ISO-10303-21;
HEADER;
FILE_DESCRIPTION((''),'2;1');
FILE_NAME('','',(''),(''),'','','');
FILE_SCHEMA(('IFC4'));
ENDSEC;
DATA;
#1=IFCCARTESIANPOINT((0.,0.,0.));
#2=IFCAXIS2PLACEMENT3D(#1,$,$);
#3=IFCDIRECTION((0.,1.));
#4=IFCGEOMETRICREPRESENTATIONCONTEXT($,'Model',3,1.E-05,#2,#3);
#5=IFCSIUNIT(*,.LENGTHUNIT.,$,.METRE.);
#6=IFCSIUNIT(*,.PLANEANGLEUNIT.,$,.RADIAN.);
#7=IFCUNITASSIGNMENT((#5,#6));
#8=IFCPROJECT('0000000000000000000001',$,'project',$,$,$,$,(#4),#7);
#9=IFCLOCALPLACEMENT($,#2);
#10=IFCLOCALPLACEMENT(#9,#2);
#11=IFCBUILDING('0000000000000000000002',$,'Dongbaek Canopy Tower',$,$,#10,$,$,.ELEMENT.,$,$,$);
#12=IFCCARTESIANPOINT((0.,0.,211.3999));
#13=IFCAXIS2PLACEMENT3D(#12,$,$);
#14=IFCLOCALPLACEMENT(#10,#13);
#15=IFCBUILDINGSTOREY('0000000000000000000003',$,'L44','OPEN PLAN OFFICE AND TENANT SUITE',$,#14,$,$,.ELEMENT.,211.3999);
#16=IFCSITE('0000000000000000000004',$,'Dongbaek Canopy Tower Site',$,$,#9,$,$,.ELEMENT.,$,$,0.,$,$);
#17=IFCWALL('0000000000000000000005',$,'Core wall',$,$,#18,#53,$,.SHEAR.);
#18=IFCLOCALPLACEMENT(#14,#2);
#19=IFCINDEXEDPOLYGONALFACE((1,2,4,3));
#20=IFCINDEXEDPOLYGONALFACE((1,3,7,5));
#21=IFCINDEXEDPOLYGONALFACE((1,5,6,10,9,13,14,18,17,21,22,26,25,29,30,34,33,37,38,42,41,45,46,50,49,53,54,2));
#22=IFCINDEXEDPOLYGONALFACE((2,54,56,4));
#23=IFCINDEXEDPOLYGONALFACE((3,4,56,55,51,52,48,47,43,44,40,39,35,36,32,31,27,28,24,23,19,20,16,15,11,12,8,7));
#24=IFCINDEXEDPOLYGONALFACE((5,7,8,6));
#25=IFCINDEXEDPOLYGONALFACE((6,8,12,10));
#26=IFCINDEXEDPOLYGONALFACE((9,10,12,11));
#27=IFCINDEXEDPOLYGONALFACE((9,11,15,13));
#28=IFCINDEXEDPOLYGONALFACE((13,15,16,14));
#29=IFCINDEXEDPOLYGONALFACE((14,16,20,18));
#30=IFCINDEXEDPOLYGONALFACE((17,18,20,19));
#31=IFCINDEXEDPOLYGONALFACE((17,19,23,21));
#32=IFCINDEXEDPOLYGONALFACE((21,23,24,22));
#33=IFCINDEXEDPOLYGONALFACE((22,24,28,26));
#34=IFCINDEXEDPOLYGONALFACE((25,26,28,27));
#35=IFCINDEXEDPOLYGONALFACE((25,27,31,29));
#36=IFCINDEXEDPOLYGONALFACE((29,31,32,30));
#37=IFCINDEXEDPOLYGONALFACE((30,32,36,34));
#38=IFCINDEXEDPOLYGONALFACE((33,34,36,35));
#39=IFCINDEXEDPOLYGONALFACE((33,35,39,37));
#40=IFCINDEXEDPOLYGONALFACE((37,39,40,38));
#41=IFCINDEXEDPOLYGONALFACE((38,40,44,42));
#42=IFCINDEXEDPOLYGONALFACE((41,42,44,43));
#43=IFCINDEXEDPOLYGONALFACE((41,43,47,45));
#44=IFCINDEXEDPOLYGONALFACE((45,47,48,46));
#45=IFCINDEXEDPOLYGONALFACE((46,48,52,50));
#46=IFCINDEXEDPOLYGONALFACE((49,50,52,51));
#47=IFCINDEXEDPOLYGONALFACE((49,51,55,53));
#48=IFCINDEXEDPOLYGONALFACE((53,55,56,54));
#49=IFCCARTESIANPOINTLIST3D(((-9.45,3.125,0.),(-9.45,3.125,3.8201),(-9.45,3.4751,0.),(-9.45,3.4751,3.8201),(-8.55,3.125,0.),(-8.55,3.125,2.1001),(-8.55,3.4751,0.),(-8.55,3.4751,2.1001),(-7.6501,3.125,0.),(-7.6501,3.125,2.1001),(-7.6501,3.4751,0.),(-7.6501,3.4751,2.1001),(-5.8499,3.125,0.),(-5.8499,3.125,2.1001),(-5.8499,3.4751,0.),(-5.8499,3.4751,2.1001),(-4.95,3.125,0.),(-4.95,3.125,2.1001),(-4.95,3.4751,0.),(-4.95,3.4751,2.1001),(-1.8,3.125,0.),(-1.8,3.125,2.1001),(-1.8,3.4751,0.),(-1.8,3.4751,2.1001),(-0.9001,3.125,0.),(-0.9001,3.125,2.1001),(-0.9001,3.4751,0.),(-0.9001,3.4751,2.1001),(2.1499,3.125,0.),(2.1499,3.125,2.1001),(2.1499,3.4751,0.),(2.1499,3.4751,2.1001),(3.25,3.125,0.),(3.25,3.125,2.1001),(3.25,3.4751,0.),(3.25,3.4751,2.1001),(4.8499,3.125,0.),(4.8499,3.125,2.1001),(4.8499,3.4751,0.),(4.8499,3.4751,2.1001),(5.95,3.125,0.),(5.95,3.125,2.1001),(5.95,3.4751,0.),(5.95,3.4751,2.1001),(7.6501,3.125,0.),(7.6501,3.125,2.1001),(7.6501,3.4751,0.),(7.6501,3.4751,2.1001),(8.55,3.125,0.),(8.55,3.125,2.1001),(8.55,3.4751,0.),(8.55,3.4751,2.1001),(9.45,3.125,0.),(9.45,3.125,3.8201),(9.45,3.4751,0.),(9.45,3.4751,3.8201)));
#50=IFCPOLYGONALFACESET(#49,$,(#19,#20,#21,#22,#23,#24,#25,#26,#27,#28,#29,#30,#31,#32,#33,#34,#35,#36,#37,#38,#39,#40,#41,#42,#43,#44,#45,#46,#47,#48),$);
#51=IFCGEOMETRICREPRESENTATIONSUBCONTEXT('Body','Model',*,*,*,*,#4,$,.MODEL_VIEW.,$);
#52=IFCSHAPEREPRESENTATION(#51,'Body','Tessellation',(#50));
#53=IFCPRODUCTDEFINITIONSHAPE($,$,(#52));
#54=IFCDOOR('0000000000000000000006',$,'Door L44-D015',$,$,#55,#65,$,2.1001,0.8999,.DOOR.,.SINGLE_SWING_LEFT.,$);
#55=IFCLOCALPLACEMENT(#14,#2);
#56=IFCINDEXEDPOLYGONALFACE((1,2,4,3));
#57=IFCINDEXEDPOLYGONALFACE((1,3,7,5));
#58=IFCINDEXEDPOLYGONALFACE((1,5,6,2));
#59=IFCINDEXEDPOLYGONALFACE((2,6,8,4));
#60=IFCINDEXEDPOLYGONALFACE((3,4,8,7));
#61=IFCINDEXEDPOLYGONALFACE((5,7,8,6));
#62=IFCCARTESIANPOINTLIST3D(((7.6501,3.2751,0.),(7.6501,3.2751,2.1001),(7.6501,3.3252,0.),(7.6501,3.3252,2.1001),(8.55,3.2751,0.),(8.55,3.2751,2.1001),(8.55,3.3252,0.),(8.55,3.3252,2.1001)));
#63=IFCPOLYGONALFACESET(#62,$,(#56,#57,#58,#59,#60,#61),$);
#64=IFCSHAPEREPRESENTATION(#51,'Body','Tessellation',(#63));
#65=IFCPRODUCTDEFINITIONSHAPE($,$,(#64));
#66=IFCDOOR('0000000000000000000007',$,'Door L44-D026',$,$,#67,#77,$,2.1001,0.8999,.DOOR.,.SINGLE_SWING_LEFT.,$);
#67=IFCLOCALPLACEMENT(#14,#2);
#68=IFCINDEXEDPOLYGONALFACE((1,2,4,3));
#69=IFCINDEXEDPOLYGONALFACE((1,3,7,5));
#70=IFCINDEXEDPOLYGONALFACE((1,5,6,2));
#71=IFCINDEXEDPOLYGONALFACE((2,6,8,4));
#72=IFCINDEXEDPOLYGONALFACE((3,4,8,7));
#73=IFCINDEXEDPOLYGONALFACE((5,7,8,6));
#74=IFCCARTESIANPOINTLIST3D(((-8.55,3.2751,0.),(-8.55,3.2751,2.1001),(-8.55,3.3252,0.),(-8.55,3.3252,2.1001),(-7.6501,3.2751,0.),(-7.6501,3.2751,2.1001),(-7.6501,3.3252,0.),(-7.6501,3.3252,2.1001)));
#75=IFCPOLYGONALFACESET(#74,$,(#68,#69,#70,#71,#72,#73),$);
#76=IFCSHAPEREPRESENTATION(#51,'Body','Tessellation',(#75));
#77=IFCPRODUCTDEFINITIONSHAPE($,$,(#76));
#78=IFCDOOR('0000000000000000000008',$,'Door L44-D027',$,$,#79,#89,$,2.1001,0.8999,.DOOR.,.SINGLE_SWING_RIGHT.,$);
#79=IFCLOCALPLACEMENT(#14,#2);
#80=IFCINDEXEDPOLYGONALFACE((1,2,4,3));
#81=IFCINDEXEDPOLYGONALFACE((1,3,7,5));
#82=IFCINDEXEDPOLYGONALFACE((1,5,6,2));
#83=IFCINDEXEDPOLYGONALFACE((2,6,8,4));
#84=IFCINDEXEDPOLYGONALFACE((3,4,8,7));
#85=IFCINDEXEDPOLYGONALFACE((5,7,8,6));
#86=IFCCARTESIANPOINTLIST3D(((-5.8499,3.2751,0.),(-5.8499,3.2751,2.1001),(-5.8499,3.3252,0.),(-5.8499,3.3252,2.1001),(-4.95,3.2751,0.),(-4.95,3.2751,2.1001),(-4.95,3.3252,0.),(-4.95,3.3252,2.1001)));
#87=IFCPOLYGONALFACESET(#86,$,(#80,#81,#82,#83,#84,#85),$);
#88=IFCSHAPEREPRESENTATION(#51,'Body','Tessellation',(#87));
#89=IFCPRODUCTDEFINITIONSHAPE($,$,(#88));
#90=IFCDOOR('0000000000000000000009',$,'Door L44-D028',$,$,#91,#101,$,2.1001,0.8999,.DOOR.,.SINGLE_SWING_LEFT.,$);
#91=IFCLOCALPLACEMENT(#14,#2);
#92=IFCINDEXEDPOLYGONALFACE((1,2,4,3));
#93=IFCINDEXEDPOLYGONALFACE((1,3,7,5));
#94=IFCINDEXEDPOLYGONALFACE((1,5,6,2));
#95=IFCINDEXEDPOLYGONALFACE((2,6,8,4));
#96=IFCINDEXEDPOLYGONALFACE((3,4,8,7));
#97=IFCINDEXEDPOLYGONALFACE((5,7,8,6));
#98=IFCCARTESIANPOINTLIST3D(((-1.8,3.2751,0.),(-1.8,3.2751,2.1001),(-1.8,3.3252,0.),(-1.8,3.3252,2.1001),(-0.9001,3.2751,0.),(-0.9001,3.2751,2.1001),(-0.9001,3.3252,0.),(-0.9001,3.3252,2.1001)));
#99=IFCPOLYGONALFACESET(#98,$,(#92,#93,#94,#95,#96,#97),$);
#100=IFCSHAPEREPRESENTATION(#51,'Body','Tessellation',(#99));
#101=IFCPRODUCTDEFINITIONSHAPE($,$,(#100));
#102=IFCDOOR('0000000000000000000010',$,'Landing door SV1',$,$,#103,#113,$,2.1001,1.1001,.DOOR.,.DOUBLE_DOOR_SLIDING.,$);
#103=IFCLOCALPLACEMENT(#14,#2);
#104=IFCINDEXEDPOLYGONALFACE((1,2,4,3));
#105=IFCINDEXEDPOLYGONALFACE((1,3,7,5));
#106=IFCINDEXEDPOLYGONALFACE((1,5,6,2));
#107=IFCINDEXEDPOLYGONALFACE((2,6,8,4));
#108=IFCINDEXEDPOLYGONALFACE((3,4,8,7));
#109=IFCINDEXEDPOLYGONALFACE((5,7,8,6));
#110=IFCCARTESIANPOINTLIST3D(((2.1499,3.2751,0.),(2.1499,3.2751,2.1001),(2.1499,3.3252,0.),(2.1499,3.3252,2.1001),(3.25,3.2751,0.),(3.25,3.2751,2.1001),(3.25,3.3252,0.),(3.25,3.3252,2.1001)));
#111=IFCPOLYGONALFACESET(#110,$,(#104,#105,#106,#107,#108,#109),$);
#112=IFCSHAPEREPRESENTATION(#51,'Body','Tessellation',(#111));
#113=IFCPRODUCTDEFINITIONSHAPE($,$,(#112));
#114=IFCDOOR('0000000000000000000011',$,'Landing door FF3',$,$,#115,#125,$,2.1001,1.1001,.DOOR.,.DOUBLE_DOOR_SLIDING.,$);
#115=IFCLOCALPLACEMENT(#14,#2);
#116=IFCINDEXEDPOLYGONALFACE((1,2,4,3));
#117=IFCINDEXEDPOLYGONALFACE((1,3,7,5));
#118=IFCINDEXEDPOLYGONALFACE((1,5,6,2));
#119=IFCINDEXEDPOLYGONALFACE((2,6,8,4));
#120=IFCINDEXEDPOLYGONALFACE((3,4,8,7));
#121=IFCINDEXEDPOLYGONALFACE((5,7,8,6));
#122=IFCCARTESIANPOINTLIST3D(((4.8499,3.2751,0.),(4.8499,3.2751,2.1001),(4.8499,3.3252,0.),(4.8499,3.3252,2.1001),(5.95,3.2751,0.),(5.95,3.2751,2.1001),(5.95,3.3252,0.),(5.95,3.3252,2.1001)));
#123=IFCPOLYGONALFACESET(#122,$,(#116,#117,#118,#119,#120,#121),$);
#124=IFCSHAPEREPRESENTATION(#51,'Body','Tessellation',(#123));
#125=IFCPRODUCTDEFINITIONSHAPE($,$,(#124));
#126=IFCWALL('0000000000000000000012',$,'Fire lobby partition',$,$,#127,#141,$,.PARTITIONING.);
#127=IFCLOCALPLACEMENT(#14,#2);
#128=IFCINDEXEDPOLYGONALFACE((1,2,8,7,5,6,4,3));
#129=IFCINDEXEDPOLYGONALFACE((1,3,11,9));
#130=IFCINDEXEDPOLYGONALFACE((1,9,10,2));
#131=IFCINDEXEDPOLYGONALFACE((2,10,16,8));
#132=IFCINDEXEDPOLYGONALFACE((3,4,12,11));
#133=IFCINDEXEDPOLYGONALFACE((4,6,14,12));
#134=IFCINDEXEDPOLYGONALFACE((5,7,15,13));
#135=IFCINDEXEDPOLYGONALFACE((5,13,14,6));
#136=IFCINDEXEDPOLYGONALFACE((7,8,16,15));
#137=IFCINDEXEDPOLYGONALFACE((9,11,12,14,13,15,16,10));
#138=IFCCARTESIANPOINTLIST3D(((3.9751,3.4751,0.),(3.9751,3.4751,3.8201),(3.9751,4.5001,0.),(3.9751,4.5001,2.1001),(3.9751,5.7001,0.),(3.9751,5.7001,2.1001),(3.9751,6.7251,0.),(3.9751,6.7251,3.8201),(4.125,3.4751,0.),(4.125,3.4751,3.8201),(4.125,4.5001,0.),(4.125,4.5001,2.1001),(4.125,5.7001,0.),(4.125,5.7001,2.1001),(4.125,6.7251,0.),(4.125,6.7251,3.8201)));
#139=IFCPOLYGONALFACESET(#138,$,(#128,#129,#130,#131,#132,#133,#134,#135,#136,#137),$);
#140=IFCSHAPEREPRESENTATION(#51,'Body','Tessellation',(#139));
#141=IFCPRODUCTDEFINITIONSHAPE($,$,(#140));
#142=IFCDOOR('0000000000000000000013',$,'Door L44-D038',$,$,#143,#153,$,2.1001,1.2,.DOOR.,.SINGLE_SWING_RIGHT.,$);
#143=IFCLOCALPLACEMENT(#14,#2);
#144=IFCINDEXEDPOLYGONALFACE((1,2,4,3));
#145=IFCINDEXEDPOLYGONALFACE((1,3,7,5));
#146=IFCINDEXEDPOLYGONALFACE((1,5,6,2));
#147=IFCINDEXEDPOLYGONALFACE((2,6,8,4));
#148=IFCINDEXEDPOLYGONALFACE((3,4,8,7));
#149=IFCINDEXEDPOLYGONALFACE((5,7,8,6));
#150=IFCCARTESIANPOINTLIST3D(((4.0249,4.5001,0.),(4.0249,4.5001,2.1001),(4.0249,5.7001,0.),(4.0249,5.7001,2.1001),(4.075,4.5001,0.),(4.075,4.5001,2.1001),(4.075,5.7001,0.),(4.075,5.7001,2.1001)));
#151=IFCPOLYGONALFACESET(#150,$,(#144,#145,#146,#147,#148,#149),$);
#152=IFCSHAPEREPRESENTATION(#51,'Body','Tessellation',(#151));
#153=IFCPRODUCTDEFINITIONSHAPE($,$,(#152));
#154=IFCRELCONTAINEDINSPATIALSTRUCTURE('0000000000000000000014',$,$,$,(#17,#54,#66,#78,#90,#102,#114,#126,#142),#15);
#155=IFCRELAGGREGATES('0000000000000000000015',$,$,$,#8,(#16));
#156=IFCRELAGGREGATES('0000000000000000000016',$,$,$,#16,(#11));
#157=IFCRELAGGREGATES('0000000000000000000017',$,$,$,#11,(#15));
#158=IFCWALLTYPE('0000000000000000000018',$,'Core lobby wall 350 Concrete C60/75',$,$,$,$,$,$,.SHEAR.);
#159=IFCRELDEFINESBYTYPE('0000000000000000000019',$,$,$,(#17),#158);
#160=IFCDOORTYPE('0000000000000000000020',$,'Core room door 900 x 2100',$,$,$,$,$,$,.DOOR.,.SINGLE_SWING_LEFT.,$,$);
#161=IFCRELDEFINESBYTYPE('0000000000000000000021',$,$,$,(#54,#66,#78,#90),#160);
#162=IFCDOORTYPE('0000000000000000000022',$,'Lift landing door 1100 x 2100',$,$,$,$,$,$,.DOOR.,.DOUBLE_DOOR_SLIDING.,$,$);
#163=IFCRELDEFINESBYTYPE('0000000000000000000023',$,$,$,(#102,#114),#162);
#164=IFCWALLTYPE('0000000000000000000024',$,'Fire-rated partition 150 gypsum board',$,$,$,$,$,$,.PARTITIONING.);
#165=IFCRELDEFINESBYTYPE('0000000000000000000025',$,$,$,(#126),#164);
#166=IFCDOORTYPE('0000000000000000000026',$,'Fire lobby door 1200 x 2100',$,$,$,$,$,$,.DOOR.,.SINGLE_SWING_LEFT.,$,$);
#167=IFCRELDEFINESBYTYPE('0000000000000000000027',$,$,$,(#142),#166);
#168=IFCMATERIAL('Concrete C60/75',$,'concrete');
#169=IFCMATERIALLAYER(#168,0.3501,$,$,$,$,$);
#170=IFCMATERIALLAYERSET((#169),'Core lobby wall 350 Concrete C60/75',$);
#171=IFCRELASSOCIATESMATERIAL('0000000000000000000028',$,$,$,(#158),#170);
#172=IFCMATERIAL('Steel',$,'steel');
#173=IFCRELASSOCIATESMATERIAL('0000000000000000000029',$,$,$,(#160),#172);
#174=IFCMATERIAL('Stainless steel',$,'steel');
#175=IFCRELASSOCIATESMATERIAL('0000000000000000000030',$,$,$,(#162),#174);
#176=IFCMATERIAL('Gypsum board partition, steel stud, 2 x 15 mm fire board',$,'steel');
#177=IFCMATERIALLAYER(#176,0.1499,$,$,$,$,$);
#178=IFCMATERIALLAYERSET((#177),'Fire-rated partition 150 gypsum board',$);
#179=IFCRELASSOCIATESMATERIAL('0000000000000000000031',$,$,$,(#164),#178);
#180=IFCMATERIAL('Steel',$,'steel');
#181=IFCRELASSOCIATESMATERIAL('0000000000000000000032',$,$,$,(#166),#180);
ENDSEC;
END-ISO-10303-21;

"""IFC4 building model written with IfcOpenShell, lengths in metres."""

from ifc_helpers import new_model, si_unit, direction, frame, frame_2d, origin, place, context, subcontext, project, spatial, rectangle, extrude, material, layer, layer_set, type_object, element, fill, save


model = new_model("IFC4")

# Units and contexts
model_context = context("Model", 3, precision=1e-05, world=origin(), true_north=direction((0.0, 1.0)))
body_context = subcontext(model_context, "Body", "Model", "MODEL_VIEW")
ifc_project = project(units=[si_unit("LENGTHUNIT", "METRE"), si_unit("PLANEANGLEUNIT", "RADIAN")], contexts=[model_context])

# Site, building, storey
site_placement = place(None, origin())
site = spatial("IfcSite", under=ifc_project, at=site_placement, Name="Dongbaek Canopy Tower Site", CompositionType="ELEMENT", RefElevation=0.0)
building_placement = place(site_placement, origin())
building = spatial("IfcBuilding", under=site, at=building_placement, Name="Dongbaek Canopy Tower", CompositionType="ELEMENT")
storey_placement = place(building_placement, frame((0.0, 0.0, 211.3999)))
storey = spatial("IfcBuildingStorey", under=building, at=storey_placement, Name="L44", Description="OPEN PLAN OFFICE AND TENANT SUITE", CompositionType="ELEMENT", Elevation=211.3999)

# Wall, openings, doors
ifc_material_1 = material(Name="Concrete C60/75", Category="concrete")
ifc_layer_1 = layer(ifc_material_1, 0.3501)
ifc_layer_set_1 = layer_set([ifc_layer_1], Name="Core lobby wall 350 Concrete C60/75")
wall_type_1 = type_object("IfcWallType", Name="Core lobby wall 350 Concrete C60/75", PredefinedType="SHEAR", material=ifc_layer_set_1)
wall_1_placement = place(storey_placement, frame((9.45, 3.3, 0.0), z_axis=(0.0, 0.0, 1.0), x_axis=(-1.0, 0.0, 0.0)))
wall_1 = element("IfcWall", 1, at=wall_1_placement, inside=storey, type_object=wall_type_1, Name="Core wall", PredefinedType="SHEAR", context=body_context, shape_type="SweptSolid", body=[
    extrude(rectangle(XDim=18.8999, YDim=0.3501, at=frame_2d((9.45, 0.0))), origin(), (0.0, 0.0, 1.0), 3.8201),
])
opening_1_placement = place(wall_1_placement, frame((6.2, 0.0, 0.0)))
opening_1 = element("IfcOpeningElement", 2, at=opening_1_placement, cuts=wall_1, PredefinedType="OPENING", context=body_context, shape_type="SweptSolid", body=[
    extrude(rectangle(XDim=1.1001, YDim=2.1001, at=frame_2d((0.55, 1.05))), frame((0.0, 0.1851, 0.0), z_axis=(0.0, -1.0, 0.0), x_axis=(1.0, 0.0, 0.0)), (0.0, 0.0, 1.0), 0.3701),
])
opening_2_placement = place(wall_1_placement, frame((3.5, 0.0, 0.0)))
opening_2 = element("IfcOpeningElement", 3, at=opening_2_placement, cuts=wall_1, PredefinedType="OPENING", context=body_context, shape_type="SweptSolid", body=[
    extrude(rectangle(XDim=1.1001, YDim=2.1001, at=frame_2d((0.55, 1.05))), frame((0.0, 0.1851, 0.0), z_axis=(0.0, -1.0, 0.0), x_axis=(1.0, 0.0, 0.0)), (0.0, 0.0, 1.0), 0.3701),
])
opening_3_placement = place(wall_1_placement, frame((0.8999, 0.0, 0.0)))
opening_3 = element("IfcOpeningElement", 4, at=opening_3_placement, cuts=wall_1, PredefinedType="OPENING", context=body_context, shape_type="SweptSolid", body=[
    extrude(rectangle(XDim=0.8999, YDim=2.1001, at=frame_2d((0.45, 1.05))), frame((0.0, 0.1851, 0.0), z_axis=(0.0, -1.0, 0.0), x_axis=(1.0, 0.0, 0.0)), (0.0, 0.0, 1.0), 0.3701),
])
opening_4_placement = place(wall_1_placement, frame((17.1001, 0.0, 0.0)))
opening_4 = element("IfcOpeningElement", 5, at=opening_4_placement, cuts=wall_1, PredefinedType="OPENING", context=body_context, shape_type="SweptSolid", body=[
    extrude(rectangle(XDim=0.8999, YDim=2.1001, at=frame_2d((0.45, 1.05))), frame((0.0, 0.1851, 0.0), z_axis=(0.0, -1.0, 0.0), x_axis=(1.0, 0.0, 0.0)), (0.0, 0.0, 1.0), 0.3701),
])
opening_5_placement = place(wall_1_placement, frame((14.3999, 0.0, 0.0)))
opening_5 = element("IfcOpeningElement", 6, at=opening_5_placement, cuts=wall_1, PredefinedType="OPENING", context=body_context, shape_type="SweptSolid", body=[
    extrude(rectangle(XDim=0.8999, YDim=2.1001, at=frame_2d((0.45, 1.05))), frame((0.0, 0.1851, 0.0), z_axis=(0.0, -1.0, 0.0), x_axis=(1.0, 0.0, 0.0)), (0.0, 0.0, 1.0), 0.3701),
])
opening_6_placement = place(wall_1_placement, frame((10.3501, 0.0, 0.0)))
opening_6 = element("IfcOpeningElement", 7, at=opening_6_placement, cuts=wall_1, PredefinedType="OPENING", context=body_context, shape_type="SweptSolid", body=[
    extrude(rectangle(XDim=0.8999, YDim=2.1001, at=frame_2d((0.45, 1.05))), frame((0.0, 0.1851, 0.0), z_axis=(0.0, -1.0, 0.0), x_axis=(1.0, 0.0, 0.0)), (0.0, 0.0, 1.0), 0.3701),
])
ifc_material_2 = material(Name="Steel", Category="steel")
door_type_1 = type_object("IfcDoorType", Name="Core room door 900 x 2100", OperationType="SINGLE_SWING_LEFT", PredefinedType="DOOR", material=ifc_material_2)
door_1_placement = place(opening_3_placement, origin())
door_1 = element("IfcDoor", 8, at=door_1_placement, inside=storey, type_object=door_type_1, Name="Door L44-D015", OperationType="SINGLE_SWING_LEFT", OverallHeight=2.1001, OverallWidth=0.8999, PredefinedType="DOOR", context=body_context, shape_type="SweptSolid", body=[
    extrude(rectangle(XDim=0.8999, YDim=2.1001, at=frame_2d((0.45, 1.05))), frame((0.0, 0.0249, 0.0), z_axis=(0.0, -1.0, 0.0), x_axis=(1.0, 0.0, 0.0)), (0.0, 0.0, 1.0), 0.05),
])
fill(opening_3, door_1)
door_2_placement = place(opening_4_placement, origin())
door_2 = element("IfcDoor", 9, at=door_2_placement, inside=storey, type_object=door_type_1, Name="Door L44-D026", OperationType="SINGLE_SWING_LEFT", OverallHeight=2.1001, OverallWidth=0.8999, PredefinedType="DOOR", context=body_context, shape_type="SweptSolid", body=[
    extrude(rectangle(XDim=0.8999, YDim=2.1001, at=frame_2d((0.45, 1.05))), frame((0.0, 0.0249, 0.0), z_axis=(0.0, -1.0, 0.0), x_axis=(1.0, 0.0, 0.0)), (0.0, 0.0, 1.0), 0.05),
])
fill(opening_4, door_2)
door_3_placement = place(opening_5_placement, origin())
door_3 = element("IfcDoor", 10, at=door_3_placement, inside=storey, type_object=door_type_1, Name="Door L44-D027", OperationType="SINGLE_SWING_RIGHT", OverallHeight=2.1001, OverallWidth=0.8999, PredefinedType="DOOR", context=body_context, shape_type="SweptSolid", body=[
    extrude(rectangle(XDim=0.8999, YDim=2.1001, at=frame_2d((0.45, 1.05))), frame((0.0, 0.0249, 0.0), z_axis=(0.0, -1.0, 0.0), x_axis=(1.0, 0.0, 0.0)), (0.0, 0.0, 1.0), 0.05),
])
fill(opening_5, door_3)
door_4_placement = place(opening_6_placement, origin())
door_4 = element("IfcDoor", 11, at=door_4_placement, inside=storey, type_object=door_type_1, Name="Door L44-D028", OperationType="SINGLE_SWING_LEFT", OverallHeight=2.1001, OverallWidth=0.8999, PredefinedType="DOOR", context=body_context, shape_type="SweptSolid", body=[
    extrude(rectangle(XDim=0.8999, YDim=2.1001, at=frame_2d((0.45, 1.05))), frame((0.0, 0.0249, 0.0), z_axis=(0.0, -1.0, 0.0), x_axis=(1.0, 0.0, 0.0)), (0.0, 0.0, 1.0), 0.05),
])
fill(opening_6, door_4)
ifc_material_3 = material(Name="Stainless steel", Category="steel")
door_type_2 = type_object("IfcDoorType", Name="Lift landing door 1100 x 2100", OperationType="DOUBLE_DOOR_SLIDING", PredefinedType="DOOR", material=ifc_material_3)
door_5_placement = place(opening_1_placement, origin())
door_5 = element("IfcDoor", 12, at=door_5_placement, inside=storey, type_object=door_type_2, Name="Landing door SV1", OperationType="DOUBLE_DOOR_SLIDING", OverallHeight=2.1001, OverallWidth=1.1001, PredefinedType="DOOR", context=body_context, shape_type="SweptSolid", body=[
    extrude(rectangle(XDim=1.1001, YDim=2.1001, at=frame_2d((0.55, 1.05))), frame((0.0, 0.0249, 0.0), z_axis=(0.0, -1.0, 0.0), x_axis=(1.0, 0.0, 0.0)), (0.0, 0.0, 1.0), 0.05),
])
fill(opening_1, door_5)
door_6_placement = place(opening_2_placement, origin())
door_6 = element("IfcDoor", 13, at=door_6_placement, inside=storey, type_object=door_type_2, Name="Landing door FF3", OperationType="DOUBLE_DOOR_SLIDING", OverallHeight=2.1001, OverallWidth=1.1001, PredefinedType="DOOR", context=body_context, shape_type="SweptSolid", body=[
    extrude(rectangle(XDim=1.1001, YDim=2.1001, at=frame_2d((0.55, 1.05))), frame((0.0, 0.0249, 0.0), z_axis=(0.0, -1.0, 0.0), x_axis=(1.0, 0.0, 0.0)), (0.0, 0.0, 1.0), 0.05),
])
fill(opening_2, door_6)

# Wall, opening, door
ifc_material_4 = material(Name="Gypsum board partition, steel stud, 2 x 15 mm fire board", Category="steel")
ifc_layer_2 = layer(ifc_material_4, 0.1499)
ifc_layer_set_2 = layer_set([ifc_layer_2], Name="Fire-rated partition 150 gypsum board")
wall_type_2 = type_object("IfcWallType", Name="Fire-rated partition 150 gypsum board", PredefinedType="PARTITIONING", material=ifc_layer_set_2)
wall_2_placement = place(storey_placement, frame((4.05, 6.7251, 0.0), z_axis=(0.0, 0.0, 1.0), x_axis=(0.0, -1.0, 0.0)))
wall_2 = element("IfcWall", 14, at=wall_2_placement, inside=storey, type_object=wall_type_2, Name="Fire lobby partition", PredefinedType="PARTITIONING", context=body_context, shape_type="SweptSolid", body=[
    extrude(rectangle(XDim=3.25, YDim=0.1499, at=frame_2d((1.625, 0.0))), origin(), (0.0, 0.0, 1.0), 3.8201),
])
opening_7_placement = place(wall_2_placement, frame((1.0249, 0.0, 0.0)))
opening_7 = element("IfcOpeningElement", 15, at=opening_7_placement, cuts=wall_2, PredefinedType="OPENING", context=body_context, shape_type="SweptSolid", body=[
    extrude(rectangle(XDim=1.2, YDim=2.1001, at=frame_2d((0.6001, 1.05))), frame((0.0, 0.085, 0.0), z_axis=(0.0, -1.0, 0.0), x_axis=(1.0, 0.0, 0.0)), (0.0, 0.0, 1.0), 0.1699),
])
ifc_material_5 = material(Name="Steel", Category="steel")
door_type_3 = type_object("IfcDoorType", Name="Fire lobby door 1200 x 2100", OperationType="SINGLE_SWING_LEFT", PredefinedType="DOOR", material=ifc_material_5)
door_7_placement = place(opening_7_placement, origin())
door_7 = element("IfcDoor", 16, at=door_7_placement, inside=storey, type_object=door_type_3, Name="Door L44-D038", OperationType="SINGLE_SWING_RIGHT", OverallHeight=2.1001, OverallWidth=1.2, PredefinedType="DOOR", context=body_context, shape_type="SweptSolid", body=[
    extrude(rectangle(XDim=1.2, YDim=2.1001, at=frame_2d((0.6001, 1.05))), frame((0.0, 0.0249, 0.0), z_axis=(0.0, -1.0, 0.0), x_axis=(1.0, 0.0, 0.0)), (0.0, 0.0, 1.0), 0.05),
])
fill(opening_7, door_7)

save(model, "model.ifc")
